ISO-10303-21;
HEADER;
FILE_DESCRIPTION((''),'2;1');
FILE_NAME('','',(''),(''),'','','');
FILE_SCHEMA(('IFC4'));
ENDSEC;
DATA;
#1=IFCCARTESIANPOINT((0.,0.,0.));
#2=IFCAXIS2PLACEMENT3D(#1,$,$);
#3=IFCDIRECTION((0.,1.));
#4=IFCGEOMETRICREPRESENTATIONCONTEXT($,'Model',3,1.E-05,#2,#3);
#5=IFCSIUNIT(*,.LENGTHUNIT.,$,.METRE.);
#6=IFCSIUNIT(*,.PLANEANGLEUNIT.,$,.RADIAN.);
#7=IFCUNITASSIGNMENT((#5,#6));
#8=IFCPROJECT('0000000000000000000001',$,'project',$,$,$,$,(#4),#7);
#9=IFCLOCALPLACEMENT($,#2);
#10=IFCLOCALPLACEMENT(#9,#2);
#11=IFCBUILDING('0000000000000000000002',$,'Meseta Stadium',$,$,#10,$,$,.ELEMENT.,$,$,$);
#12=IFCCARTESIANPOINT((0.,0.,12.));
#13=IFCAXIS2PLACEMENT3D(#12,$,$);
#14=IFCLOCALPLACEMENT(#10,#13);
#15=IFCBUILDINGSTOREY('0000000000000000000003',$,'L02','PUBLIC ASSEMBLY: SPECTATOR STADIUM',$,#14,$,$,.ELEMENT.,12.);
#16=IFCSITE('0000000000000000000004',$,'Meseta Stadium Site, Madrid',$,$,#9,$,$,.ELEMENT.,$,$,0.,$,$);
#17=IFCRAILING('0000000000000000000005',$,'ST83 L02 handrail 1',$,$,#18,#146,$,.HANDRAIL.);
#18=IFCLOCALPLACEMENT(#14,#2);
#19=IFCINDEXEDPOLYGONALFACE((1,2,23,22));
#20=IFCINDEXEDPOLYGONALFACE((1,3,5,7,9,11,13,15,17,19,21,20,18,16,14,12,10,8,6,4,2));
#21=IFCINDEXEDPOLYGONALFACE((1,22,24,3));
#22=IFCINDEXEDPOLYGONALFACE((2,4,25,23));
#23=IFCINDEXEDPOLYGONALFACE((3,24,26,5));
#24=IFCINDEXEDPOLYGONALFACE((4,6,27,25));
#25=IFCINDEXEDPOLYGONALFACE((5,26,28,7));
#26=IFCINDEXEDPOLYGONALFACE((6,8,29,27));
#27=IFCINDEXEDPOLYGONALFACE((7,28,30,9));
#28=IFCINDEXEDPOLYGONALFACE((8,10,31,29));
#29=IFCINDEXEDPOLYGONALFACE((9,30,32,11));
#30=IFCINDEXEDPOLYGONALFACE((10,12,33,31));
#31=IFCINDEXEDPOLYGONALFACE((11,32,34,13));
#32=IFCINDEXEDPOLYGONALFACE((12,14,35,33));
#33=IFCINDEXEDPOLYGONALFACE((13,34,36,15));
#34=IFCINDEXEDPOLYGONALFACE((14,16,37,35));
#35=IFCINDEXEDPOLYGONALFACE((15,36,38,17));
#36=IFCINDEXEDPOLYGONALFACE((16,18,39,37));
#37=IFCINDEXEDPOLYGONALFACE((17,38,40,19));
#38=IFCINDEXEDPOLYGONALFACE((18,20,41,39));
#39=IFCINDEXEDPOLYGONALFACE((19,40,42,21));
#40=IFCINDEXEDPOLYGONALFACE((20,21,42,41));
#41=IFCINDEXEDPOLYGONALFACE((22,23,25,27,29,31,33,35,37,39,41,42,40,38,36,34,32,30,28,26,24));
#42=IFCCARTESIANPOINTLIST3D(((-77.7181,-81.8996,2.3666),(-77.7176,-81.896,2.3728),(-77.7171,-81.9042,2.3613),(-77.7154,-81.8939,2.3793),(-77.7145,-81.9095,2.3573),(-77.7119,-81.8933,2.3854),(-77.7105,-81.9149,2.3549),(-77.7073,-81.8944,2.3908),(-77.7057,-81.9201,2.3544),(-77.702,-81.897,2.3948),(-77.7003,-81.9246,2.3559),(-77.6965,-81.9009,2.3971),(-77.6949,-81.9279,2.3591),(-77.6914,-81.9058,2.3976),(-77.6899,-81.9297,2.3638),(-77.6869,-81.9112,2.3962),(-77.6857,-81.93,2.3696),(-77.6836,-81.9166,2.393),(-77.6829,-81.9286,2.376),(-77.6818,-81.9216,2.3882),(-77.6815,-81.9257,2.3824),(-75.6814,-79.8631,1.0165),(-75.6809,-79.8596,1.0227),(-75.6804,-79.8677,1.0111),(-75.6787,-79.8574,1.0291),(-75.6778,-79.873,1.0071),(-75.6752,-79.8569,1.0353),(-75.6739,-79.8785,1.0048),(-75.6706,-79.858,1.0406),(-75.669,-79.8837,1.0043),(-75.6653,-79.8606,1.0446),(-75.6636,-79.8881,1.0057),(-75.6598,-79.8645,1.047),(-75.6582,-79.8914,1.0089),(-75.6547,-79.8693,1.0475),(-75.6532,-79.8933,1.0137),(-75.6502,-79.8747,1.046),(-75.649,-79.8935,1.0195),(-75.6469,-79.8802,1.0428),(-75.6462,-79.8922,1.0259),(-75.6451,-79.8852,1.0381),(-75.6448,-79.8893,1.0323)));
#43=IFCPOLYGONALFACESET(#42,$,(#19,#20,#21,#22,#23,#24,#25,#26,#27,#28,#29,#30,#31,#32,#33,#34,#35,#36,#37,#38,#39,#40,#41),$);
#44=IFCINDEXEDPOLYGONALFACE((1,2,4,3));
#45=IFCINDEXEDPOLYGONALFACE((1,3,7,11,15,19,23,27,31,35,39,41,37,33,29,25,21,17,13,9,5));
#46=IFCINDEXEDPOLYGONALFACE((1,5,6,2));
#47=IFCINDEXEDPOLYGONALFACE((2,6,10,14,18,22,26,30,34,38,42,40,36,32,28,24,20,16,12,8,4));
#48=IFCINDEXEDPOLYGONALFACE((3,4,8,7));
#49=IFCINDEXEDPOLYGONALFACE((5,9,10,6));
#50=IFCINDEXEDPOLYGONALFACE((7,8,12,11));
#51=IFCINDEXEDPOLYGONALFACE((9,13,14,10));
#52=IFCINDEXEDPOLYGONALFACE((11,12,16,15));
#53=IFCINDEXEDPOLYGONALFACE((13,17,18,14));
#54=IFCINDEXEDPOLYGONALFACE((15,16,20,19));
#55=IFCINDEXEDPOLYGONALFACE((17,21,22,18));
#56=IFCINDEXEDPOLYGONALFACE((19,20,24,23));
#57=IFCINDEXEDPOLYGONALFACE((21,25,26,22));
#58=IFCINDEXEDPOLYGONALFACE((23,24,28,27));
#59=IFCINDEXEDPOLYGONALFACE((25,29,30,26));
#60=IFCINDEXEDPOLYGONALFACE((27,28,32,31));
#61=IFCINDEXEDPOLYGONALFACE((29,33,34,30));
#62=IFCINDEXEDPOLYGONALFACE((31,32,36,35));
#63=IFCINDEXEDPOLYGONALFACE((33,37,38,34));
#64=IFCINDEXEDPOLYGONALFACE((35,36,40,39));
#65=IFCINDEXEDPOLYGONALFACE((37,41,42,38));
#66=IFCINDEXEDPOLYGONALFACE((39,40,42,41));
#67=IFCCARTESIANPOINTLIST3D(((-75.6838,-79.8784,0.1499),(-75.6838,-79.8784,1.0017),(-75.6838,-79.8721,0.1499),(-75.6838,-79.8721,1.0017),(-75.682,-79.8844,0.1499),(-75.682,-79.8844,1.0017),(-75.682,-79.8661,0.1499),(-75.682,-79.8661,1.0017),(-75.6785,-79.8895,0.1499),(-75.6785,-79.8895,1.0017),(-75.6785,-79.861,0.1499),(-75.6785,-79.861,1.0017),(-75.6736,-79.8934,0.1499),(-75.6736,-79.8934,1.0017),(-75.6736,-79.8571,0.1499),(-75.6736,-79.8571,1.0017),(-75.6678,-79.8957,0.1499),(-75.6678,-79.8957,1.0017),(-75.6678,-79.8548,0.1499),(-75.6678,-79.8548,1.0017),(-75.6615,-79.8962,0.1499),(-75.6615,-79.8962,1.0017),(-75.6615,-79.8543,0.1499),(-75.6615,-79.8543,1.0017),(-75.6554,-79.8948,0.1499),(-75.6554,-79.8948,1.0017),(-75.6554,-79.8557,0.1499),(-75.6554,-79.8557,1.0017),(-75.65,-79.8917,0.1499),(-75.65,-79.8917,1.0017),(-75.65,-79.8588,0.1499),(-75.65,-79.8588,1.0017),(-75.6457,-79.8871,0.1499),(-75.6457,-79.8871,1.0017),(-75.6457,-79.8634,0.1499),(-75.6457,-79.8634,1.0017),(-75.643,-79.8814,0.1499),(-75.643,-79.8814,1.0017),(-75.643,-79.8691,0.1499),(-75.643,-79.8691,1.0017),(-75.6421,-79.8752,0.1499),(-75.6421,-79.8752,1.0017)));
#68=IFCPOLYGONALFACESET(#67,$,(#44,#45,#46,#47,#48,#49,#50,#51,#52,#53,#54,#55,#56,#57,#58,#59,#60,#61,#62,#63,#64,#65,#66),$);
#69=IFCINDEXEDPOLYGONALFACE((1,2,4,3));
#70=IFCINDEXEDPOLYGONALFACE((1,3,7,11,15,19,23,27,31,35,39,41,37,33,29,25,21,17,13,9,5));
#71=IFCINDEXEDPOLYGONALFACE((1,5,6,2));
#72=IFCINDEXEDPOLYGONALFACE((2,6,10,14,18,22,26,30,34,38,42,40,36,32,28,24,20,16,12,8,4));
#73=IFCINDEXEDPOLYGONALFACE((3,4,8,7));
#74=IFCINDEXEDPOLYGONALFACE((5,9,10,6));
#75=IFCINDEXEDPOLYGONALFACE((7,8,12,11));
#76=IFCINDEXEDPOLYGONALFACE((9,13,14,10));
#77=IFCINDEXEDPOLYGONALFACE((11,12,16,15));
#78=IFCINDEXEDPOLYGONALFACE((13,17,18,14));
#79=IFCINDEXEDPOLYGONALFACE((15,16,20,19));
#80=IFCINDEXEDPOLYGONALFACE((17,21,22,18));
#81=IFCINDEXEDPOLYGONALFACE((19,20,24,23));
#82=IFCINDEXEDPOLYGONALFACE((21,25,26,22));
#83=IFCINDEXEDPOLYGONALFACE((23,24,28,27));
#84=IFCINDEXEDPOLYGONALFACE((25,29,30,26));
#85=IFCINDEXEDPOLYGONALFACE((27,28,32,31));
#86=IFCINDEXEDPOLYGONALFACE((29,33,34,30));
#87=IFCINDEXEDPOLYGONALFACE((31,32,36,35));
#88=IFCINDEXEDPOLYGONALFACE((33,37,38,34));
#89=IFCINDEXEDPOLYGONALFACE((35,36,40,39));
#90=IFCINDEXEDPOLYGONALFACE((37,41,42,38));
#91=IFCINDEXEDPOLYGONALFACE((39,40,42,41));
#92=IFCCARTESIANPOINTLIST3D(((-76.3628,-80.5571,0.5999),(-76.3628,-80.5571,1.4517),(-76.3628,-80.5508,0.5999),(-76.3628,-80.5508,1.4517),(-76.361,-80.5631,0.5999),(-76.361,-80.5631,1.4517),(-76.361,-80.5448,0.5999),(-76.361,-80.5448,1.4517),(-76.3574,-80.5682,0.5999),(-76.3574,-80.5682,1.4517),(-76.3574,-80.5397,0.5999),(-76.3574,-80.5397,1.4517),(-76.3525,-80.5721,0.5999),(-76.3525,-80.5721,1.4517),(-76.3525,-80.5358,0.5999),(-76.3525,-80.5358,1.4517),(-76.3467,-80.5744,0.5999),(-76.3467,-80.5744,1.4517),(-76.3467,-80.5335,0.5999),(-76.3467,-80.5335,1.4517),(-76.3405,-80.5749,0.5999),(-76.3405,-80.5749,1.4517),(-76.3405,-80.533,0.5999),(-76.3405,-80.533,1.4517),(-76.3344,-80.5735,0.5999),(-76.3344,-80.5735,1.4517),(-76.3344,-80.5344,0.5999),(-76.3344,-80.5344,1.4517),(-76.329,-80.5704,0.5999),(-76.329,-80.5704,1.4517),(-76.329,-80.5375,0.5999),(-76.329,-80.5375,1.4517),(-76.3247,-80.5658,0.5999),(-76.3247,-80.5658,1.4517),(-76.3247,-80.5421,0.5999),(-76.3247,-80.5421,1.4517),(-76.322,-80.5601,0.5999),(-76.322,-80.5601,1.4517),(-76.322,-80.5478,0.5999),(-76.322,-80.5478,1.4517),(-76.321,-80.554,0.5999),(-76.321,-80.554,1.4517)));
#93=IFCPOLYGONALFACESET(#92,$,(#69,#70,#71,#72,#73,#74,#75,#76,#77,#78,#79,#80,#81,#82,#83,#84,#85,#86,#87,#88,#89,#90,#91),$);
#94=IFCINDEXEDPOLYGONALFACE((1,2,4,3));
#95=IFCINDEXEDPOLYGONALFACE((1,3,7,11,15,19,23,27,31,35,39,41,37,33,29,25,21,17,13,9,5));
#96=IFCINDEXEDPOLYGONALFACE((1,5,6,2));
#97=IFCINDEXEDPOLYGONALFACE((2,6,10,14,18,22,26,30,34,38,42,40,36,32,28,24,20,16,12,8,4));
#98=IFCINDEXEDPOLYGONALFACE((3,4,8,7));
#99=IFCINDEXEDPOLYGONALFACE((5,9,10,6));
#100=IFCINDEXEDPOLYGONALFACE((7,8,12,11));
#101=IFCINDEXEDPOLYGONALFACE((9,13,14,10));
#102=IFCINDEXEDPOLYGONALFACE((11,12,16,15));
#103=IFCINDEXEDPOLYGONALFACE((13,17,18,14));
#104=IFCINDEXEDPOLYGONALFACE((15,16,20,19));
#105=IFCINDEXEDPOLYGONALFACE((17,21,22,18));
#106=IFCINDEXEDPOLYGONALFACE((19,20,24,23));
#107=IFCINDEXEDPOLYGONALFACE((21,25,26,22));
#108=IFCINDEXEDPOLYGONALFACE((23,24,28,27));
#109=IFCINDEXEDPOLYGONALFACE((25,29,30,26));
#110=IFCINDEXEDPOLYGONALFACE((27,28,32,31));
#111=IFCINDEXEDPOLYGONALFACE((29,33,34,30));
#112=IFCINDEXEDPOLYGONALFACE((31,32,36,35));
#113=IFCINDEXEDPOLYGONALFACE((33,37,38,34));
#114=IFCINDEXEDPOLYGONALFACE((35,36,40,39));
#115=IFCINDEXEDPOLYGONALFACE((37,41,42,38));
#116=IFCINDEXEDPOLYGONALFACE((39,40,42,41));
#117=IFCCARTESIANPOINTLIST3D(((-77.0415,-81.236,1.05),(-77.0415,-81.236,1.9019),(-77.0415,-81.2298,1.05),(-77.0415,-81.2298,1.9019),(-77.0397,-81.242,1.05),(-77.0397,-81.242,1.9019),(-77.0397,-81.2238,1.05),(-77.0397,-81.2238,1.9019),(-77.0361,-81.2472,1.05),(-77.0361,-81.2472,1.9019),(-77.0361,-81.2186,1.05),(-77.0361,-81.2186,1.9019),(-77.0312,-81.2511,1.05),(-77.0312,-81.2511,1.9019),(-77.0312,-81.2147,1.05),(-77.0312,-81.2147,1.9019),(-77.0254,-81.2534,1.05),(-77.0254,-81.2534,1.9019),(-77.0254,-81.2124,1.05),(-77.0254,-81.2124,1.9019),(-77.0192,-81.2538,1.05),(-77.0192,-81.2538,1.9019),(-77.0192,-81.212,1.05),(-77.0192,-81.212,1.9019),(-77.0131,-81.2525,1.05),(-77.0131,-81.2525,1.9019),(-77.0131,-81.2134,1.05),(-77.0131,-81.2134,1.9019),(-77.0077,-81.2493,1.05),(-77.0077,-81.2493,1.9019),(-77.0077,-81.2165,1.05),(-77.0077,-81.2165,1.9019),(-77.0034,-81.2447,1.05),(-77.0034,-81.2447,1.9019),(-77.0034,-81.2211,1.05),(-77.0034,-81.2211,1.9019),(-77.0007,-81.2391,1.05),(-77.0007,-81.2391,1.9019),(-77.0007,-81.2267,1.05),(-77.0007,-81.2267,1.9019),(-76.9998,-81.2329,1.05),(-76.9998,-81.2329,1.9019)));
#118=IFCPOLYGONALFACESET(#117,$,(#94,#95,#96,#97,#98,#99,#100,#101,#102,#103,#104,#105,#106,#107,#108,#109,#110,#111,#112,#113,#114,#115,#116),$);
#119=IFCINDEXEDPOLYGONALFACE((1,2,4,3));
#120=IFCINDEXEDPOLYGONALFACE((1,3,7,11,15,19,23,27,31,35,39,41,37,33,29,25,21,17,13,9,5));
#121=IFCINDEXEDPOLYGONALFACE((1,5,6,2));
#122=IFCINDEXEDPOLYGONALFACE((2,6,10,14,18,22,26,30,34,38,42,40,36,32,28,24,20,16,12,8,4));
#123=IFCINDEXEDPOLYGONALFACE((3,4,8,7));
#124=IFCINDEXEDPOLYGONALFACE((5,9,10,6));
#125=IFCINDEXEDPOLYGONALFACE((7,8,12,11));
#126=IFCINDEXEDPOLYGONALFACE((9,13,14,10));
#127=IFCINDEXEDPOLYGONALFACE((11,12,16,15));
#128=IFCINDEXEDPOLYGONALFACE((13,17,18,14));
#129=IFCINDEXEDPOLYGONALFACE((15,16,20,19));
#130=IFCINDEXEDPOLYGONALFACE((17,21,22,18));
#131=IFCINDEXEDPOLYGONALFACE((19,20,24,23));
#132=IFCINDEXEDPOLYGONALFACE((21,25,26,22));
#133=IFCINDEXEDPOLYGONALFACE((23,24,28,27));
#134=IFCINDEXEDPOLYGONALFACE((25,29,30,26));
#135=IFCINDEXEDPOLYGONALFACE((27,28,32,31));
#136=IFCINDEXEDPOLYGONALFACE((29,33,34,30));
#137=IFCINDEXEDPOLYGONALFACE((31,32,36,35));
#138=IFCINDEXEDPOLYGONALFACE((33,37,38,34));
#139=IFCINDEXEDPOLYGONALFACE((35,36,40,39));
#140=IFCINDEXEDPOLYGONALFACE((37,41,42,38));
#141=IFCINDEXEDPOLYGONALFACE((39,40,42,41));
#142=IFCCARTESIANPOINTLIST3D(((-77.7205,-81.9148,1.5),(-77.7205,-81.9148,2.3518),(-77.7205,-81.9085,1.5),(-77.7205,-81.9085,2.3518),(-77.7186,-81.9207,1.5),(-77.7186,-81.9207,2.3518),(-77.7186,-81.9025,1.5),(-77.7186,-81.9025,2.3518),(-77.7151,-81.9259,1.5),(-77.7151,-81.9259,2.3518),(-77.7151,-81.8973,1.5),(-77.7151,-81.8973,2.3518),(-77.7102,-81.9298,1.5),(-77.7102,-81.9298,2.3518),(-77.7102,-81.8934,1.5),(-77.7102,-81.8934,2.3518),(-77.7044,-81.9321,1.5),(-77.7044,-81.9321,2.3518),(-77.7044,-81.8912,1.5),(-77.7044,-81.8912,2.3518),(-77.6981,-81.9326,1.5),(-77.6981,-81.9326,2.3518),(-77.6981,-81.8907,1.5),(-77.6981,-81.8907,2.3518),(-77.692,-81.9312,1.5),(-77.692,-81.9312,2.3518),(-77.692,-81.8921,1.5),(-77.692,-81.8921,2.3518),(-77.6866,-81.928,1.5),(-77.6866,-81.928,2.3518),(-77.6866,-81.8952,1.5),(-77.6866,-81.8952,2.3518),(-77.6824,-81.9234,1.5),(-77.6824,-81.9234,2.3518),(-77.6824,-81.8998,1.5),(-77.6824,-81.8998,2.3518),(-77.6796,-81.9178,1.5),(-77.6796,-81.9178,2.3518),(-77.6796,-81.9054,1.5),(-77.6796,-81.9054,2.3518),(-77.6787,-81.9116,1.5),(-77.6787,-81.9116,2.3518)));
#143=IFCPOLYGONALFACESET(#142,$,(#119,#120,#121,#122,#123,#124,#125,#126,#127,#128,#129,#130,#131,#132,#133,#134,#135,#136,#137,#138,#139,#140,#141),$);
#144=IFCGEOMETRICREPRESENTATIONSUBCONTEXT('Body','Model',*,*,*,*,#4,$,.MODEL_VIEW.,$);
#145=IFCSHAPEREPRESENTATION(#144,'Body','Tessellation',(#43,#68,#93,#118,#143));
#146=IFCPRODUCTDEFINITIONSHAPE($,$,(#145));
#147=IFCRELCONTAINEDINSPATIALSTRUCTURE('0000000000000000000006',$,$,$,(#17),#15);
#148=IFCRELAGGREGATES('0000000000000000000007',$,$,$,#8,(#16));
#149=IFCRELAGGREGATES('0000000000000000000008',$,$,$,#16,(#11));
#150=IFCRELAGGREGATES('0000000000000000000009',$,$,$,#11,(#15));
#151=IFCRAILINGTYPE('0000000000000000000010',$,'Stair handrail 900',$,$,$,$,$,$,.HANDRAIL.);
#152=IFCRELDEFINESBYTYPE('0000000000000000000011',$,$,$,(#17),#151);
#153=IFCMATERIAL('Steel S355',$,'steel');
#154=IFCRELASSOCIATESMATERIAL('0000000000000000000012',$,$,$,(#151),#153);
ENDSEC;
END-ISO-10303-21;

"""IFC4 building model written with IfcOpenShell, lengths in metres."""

from ifc_helpers import new_model, si_unit, direction, frame, origin, origin_2d, place, context, subcontext, project, spatial, circle, extrude, material, type_object, element, save


model = new_model("IFC4")

# Units and contexts
model_context = context("Model", 3, precision=1e-05, world=origin(), true_north=direction((0.0, 1.0)))
body_context = subcontext(model_context, "Body", "Model", "MODEL_VIEW")
ifc_project = project(units=[si_unit("LENGTHUNIT", "METRE"), si_unit("PLANEANGLEUNIT", "RADIAN")], contexts=[model_context])

# Site, building, storey
site_placement = place(None, origin())
site = spatial("IfcSite", under=ifc_project, at=site_placement, Name="Meseta Stadium Site, Madrid", CompositionType="ELEMENT", RefElevation=0.0)
building_placement = place(site_placement, origin())
building = spatial("IfcBuilding", under=site, at=building_placement, Name="Meseta Stadium", CompositionType="ELEMENT")
storey_placement = place(building_placement, frame((0.0, 0.0, 12.0)))
storey = spatial("IfcBuildingStorey", under=building, at=storey_placement, Name="L02", Description="PUBLIC ASSEMBLY: SPECTATOR STADIUM", CompositionType="ELEMENT", Elevation=12.0)

# Railing
ifc_material_1 = material(Name="Steel S355", Category="steel")
railing_type_1 = type_object("IfcRailingType", Name="Stair handrail 900", PredefinedType="HANDRAIL", material=ifc_material_1)
for number, where, name in (
    (1, (-75.6631, -79.8752, 0.1499), "ST83 L02 handrail 1"),
):
    element("IfcRailing", number, at=place(storey_placement, frame(where)), inside=storey, type_object=railing_type_1, Name=name, PredefinedType="HANDRAIL", context=body_context, shape_type="SweptSolid", body=[
        extrude(circle(Radius=0.0239, at=origin_2d()), frame((0.0, 0.0, 0.876), z_axis=(-0.640288, -0.640211, 0.424454), x_axis=(0.707064, -0.707149, 0.0)), (0.0, 0.0, 1.0), 3.1809),
        extrude(circle(Radius=0.021, at=origin_2d()), origin(), (0.0, 0.0, 1.0), 0.8518),
        extrude(circle(Radius=0.021, at=origin_2d()), frame((-0.679, -0.6787, 0.45)), (0.0, 0.0, 1.0), 0.8518),
        extrude(circle(Radius=0.021, at=origin_2d()), frame((-1.3577, -1.3577, 0.9001)), (0.0, 0.0, 1.0), 0.8518),
        extrude(circle(Radius=0.021, at=origin_2d()), frame((-2.0366, -2.0364, 1.3501)), (0.0, 0.0, 1.0), 0.8518),
    ])

save(model, "model.ifc")
